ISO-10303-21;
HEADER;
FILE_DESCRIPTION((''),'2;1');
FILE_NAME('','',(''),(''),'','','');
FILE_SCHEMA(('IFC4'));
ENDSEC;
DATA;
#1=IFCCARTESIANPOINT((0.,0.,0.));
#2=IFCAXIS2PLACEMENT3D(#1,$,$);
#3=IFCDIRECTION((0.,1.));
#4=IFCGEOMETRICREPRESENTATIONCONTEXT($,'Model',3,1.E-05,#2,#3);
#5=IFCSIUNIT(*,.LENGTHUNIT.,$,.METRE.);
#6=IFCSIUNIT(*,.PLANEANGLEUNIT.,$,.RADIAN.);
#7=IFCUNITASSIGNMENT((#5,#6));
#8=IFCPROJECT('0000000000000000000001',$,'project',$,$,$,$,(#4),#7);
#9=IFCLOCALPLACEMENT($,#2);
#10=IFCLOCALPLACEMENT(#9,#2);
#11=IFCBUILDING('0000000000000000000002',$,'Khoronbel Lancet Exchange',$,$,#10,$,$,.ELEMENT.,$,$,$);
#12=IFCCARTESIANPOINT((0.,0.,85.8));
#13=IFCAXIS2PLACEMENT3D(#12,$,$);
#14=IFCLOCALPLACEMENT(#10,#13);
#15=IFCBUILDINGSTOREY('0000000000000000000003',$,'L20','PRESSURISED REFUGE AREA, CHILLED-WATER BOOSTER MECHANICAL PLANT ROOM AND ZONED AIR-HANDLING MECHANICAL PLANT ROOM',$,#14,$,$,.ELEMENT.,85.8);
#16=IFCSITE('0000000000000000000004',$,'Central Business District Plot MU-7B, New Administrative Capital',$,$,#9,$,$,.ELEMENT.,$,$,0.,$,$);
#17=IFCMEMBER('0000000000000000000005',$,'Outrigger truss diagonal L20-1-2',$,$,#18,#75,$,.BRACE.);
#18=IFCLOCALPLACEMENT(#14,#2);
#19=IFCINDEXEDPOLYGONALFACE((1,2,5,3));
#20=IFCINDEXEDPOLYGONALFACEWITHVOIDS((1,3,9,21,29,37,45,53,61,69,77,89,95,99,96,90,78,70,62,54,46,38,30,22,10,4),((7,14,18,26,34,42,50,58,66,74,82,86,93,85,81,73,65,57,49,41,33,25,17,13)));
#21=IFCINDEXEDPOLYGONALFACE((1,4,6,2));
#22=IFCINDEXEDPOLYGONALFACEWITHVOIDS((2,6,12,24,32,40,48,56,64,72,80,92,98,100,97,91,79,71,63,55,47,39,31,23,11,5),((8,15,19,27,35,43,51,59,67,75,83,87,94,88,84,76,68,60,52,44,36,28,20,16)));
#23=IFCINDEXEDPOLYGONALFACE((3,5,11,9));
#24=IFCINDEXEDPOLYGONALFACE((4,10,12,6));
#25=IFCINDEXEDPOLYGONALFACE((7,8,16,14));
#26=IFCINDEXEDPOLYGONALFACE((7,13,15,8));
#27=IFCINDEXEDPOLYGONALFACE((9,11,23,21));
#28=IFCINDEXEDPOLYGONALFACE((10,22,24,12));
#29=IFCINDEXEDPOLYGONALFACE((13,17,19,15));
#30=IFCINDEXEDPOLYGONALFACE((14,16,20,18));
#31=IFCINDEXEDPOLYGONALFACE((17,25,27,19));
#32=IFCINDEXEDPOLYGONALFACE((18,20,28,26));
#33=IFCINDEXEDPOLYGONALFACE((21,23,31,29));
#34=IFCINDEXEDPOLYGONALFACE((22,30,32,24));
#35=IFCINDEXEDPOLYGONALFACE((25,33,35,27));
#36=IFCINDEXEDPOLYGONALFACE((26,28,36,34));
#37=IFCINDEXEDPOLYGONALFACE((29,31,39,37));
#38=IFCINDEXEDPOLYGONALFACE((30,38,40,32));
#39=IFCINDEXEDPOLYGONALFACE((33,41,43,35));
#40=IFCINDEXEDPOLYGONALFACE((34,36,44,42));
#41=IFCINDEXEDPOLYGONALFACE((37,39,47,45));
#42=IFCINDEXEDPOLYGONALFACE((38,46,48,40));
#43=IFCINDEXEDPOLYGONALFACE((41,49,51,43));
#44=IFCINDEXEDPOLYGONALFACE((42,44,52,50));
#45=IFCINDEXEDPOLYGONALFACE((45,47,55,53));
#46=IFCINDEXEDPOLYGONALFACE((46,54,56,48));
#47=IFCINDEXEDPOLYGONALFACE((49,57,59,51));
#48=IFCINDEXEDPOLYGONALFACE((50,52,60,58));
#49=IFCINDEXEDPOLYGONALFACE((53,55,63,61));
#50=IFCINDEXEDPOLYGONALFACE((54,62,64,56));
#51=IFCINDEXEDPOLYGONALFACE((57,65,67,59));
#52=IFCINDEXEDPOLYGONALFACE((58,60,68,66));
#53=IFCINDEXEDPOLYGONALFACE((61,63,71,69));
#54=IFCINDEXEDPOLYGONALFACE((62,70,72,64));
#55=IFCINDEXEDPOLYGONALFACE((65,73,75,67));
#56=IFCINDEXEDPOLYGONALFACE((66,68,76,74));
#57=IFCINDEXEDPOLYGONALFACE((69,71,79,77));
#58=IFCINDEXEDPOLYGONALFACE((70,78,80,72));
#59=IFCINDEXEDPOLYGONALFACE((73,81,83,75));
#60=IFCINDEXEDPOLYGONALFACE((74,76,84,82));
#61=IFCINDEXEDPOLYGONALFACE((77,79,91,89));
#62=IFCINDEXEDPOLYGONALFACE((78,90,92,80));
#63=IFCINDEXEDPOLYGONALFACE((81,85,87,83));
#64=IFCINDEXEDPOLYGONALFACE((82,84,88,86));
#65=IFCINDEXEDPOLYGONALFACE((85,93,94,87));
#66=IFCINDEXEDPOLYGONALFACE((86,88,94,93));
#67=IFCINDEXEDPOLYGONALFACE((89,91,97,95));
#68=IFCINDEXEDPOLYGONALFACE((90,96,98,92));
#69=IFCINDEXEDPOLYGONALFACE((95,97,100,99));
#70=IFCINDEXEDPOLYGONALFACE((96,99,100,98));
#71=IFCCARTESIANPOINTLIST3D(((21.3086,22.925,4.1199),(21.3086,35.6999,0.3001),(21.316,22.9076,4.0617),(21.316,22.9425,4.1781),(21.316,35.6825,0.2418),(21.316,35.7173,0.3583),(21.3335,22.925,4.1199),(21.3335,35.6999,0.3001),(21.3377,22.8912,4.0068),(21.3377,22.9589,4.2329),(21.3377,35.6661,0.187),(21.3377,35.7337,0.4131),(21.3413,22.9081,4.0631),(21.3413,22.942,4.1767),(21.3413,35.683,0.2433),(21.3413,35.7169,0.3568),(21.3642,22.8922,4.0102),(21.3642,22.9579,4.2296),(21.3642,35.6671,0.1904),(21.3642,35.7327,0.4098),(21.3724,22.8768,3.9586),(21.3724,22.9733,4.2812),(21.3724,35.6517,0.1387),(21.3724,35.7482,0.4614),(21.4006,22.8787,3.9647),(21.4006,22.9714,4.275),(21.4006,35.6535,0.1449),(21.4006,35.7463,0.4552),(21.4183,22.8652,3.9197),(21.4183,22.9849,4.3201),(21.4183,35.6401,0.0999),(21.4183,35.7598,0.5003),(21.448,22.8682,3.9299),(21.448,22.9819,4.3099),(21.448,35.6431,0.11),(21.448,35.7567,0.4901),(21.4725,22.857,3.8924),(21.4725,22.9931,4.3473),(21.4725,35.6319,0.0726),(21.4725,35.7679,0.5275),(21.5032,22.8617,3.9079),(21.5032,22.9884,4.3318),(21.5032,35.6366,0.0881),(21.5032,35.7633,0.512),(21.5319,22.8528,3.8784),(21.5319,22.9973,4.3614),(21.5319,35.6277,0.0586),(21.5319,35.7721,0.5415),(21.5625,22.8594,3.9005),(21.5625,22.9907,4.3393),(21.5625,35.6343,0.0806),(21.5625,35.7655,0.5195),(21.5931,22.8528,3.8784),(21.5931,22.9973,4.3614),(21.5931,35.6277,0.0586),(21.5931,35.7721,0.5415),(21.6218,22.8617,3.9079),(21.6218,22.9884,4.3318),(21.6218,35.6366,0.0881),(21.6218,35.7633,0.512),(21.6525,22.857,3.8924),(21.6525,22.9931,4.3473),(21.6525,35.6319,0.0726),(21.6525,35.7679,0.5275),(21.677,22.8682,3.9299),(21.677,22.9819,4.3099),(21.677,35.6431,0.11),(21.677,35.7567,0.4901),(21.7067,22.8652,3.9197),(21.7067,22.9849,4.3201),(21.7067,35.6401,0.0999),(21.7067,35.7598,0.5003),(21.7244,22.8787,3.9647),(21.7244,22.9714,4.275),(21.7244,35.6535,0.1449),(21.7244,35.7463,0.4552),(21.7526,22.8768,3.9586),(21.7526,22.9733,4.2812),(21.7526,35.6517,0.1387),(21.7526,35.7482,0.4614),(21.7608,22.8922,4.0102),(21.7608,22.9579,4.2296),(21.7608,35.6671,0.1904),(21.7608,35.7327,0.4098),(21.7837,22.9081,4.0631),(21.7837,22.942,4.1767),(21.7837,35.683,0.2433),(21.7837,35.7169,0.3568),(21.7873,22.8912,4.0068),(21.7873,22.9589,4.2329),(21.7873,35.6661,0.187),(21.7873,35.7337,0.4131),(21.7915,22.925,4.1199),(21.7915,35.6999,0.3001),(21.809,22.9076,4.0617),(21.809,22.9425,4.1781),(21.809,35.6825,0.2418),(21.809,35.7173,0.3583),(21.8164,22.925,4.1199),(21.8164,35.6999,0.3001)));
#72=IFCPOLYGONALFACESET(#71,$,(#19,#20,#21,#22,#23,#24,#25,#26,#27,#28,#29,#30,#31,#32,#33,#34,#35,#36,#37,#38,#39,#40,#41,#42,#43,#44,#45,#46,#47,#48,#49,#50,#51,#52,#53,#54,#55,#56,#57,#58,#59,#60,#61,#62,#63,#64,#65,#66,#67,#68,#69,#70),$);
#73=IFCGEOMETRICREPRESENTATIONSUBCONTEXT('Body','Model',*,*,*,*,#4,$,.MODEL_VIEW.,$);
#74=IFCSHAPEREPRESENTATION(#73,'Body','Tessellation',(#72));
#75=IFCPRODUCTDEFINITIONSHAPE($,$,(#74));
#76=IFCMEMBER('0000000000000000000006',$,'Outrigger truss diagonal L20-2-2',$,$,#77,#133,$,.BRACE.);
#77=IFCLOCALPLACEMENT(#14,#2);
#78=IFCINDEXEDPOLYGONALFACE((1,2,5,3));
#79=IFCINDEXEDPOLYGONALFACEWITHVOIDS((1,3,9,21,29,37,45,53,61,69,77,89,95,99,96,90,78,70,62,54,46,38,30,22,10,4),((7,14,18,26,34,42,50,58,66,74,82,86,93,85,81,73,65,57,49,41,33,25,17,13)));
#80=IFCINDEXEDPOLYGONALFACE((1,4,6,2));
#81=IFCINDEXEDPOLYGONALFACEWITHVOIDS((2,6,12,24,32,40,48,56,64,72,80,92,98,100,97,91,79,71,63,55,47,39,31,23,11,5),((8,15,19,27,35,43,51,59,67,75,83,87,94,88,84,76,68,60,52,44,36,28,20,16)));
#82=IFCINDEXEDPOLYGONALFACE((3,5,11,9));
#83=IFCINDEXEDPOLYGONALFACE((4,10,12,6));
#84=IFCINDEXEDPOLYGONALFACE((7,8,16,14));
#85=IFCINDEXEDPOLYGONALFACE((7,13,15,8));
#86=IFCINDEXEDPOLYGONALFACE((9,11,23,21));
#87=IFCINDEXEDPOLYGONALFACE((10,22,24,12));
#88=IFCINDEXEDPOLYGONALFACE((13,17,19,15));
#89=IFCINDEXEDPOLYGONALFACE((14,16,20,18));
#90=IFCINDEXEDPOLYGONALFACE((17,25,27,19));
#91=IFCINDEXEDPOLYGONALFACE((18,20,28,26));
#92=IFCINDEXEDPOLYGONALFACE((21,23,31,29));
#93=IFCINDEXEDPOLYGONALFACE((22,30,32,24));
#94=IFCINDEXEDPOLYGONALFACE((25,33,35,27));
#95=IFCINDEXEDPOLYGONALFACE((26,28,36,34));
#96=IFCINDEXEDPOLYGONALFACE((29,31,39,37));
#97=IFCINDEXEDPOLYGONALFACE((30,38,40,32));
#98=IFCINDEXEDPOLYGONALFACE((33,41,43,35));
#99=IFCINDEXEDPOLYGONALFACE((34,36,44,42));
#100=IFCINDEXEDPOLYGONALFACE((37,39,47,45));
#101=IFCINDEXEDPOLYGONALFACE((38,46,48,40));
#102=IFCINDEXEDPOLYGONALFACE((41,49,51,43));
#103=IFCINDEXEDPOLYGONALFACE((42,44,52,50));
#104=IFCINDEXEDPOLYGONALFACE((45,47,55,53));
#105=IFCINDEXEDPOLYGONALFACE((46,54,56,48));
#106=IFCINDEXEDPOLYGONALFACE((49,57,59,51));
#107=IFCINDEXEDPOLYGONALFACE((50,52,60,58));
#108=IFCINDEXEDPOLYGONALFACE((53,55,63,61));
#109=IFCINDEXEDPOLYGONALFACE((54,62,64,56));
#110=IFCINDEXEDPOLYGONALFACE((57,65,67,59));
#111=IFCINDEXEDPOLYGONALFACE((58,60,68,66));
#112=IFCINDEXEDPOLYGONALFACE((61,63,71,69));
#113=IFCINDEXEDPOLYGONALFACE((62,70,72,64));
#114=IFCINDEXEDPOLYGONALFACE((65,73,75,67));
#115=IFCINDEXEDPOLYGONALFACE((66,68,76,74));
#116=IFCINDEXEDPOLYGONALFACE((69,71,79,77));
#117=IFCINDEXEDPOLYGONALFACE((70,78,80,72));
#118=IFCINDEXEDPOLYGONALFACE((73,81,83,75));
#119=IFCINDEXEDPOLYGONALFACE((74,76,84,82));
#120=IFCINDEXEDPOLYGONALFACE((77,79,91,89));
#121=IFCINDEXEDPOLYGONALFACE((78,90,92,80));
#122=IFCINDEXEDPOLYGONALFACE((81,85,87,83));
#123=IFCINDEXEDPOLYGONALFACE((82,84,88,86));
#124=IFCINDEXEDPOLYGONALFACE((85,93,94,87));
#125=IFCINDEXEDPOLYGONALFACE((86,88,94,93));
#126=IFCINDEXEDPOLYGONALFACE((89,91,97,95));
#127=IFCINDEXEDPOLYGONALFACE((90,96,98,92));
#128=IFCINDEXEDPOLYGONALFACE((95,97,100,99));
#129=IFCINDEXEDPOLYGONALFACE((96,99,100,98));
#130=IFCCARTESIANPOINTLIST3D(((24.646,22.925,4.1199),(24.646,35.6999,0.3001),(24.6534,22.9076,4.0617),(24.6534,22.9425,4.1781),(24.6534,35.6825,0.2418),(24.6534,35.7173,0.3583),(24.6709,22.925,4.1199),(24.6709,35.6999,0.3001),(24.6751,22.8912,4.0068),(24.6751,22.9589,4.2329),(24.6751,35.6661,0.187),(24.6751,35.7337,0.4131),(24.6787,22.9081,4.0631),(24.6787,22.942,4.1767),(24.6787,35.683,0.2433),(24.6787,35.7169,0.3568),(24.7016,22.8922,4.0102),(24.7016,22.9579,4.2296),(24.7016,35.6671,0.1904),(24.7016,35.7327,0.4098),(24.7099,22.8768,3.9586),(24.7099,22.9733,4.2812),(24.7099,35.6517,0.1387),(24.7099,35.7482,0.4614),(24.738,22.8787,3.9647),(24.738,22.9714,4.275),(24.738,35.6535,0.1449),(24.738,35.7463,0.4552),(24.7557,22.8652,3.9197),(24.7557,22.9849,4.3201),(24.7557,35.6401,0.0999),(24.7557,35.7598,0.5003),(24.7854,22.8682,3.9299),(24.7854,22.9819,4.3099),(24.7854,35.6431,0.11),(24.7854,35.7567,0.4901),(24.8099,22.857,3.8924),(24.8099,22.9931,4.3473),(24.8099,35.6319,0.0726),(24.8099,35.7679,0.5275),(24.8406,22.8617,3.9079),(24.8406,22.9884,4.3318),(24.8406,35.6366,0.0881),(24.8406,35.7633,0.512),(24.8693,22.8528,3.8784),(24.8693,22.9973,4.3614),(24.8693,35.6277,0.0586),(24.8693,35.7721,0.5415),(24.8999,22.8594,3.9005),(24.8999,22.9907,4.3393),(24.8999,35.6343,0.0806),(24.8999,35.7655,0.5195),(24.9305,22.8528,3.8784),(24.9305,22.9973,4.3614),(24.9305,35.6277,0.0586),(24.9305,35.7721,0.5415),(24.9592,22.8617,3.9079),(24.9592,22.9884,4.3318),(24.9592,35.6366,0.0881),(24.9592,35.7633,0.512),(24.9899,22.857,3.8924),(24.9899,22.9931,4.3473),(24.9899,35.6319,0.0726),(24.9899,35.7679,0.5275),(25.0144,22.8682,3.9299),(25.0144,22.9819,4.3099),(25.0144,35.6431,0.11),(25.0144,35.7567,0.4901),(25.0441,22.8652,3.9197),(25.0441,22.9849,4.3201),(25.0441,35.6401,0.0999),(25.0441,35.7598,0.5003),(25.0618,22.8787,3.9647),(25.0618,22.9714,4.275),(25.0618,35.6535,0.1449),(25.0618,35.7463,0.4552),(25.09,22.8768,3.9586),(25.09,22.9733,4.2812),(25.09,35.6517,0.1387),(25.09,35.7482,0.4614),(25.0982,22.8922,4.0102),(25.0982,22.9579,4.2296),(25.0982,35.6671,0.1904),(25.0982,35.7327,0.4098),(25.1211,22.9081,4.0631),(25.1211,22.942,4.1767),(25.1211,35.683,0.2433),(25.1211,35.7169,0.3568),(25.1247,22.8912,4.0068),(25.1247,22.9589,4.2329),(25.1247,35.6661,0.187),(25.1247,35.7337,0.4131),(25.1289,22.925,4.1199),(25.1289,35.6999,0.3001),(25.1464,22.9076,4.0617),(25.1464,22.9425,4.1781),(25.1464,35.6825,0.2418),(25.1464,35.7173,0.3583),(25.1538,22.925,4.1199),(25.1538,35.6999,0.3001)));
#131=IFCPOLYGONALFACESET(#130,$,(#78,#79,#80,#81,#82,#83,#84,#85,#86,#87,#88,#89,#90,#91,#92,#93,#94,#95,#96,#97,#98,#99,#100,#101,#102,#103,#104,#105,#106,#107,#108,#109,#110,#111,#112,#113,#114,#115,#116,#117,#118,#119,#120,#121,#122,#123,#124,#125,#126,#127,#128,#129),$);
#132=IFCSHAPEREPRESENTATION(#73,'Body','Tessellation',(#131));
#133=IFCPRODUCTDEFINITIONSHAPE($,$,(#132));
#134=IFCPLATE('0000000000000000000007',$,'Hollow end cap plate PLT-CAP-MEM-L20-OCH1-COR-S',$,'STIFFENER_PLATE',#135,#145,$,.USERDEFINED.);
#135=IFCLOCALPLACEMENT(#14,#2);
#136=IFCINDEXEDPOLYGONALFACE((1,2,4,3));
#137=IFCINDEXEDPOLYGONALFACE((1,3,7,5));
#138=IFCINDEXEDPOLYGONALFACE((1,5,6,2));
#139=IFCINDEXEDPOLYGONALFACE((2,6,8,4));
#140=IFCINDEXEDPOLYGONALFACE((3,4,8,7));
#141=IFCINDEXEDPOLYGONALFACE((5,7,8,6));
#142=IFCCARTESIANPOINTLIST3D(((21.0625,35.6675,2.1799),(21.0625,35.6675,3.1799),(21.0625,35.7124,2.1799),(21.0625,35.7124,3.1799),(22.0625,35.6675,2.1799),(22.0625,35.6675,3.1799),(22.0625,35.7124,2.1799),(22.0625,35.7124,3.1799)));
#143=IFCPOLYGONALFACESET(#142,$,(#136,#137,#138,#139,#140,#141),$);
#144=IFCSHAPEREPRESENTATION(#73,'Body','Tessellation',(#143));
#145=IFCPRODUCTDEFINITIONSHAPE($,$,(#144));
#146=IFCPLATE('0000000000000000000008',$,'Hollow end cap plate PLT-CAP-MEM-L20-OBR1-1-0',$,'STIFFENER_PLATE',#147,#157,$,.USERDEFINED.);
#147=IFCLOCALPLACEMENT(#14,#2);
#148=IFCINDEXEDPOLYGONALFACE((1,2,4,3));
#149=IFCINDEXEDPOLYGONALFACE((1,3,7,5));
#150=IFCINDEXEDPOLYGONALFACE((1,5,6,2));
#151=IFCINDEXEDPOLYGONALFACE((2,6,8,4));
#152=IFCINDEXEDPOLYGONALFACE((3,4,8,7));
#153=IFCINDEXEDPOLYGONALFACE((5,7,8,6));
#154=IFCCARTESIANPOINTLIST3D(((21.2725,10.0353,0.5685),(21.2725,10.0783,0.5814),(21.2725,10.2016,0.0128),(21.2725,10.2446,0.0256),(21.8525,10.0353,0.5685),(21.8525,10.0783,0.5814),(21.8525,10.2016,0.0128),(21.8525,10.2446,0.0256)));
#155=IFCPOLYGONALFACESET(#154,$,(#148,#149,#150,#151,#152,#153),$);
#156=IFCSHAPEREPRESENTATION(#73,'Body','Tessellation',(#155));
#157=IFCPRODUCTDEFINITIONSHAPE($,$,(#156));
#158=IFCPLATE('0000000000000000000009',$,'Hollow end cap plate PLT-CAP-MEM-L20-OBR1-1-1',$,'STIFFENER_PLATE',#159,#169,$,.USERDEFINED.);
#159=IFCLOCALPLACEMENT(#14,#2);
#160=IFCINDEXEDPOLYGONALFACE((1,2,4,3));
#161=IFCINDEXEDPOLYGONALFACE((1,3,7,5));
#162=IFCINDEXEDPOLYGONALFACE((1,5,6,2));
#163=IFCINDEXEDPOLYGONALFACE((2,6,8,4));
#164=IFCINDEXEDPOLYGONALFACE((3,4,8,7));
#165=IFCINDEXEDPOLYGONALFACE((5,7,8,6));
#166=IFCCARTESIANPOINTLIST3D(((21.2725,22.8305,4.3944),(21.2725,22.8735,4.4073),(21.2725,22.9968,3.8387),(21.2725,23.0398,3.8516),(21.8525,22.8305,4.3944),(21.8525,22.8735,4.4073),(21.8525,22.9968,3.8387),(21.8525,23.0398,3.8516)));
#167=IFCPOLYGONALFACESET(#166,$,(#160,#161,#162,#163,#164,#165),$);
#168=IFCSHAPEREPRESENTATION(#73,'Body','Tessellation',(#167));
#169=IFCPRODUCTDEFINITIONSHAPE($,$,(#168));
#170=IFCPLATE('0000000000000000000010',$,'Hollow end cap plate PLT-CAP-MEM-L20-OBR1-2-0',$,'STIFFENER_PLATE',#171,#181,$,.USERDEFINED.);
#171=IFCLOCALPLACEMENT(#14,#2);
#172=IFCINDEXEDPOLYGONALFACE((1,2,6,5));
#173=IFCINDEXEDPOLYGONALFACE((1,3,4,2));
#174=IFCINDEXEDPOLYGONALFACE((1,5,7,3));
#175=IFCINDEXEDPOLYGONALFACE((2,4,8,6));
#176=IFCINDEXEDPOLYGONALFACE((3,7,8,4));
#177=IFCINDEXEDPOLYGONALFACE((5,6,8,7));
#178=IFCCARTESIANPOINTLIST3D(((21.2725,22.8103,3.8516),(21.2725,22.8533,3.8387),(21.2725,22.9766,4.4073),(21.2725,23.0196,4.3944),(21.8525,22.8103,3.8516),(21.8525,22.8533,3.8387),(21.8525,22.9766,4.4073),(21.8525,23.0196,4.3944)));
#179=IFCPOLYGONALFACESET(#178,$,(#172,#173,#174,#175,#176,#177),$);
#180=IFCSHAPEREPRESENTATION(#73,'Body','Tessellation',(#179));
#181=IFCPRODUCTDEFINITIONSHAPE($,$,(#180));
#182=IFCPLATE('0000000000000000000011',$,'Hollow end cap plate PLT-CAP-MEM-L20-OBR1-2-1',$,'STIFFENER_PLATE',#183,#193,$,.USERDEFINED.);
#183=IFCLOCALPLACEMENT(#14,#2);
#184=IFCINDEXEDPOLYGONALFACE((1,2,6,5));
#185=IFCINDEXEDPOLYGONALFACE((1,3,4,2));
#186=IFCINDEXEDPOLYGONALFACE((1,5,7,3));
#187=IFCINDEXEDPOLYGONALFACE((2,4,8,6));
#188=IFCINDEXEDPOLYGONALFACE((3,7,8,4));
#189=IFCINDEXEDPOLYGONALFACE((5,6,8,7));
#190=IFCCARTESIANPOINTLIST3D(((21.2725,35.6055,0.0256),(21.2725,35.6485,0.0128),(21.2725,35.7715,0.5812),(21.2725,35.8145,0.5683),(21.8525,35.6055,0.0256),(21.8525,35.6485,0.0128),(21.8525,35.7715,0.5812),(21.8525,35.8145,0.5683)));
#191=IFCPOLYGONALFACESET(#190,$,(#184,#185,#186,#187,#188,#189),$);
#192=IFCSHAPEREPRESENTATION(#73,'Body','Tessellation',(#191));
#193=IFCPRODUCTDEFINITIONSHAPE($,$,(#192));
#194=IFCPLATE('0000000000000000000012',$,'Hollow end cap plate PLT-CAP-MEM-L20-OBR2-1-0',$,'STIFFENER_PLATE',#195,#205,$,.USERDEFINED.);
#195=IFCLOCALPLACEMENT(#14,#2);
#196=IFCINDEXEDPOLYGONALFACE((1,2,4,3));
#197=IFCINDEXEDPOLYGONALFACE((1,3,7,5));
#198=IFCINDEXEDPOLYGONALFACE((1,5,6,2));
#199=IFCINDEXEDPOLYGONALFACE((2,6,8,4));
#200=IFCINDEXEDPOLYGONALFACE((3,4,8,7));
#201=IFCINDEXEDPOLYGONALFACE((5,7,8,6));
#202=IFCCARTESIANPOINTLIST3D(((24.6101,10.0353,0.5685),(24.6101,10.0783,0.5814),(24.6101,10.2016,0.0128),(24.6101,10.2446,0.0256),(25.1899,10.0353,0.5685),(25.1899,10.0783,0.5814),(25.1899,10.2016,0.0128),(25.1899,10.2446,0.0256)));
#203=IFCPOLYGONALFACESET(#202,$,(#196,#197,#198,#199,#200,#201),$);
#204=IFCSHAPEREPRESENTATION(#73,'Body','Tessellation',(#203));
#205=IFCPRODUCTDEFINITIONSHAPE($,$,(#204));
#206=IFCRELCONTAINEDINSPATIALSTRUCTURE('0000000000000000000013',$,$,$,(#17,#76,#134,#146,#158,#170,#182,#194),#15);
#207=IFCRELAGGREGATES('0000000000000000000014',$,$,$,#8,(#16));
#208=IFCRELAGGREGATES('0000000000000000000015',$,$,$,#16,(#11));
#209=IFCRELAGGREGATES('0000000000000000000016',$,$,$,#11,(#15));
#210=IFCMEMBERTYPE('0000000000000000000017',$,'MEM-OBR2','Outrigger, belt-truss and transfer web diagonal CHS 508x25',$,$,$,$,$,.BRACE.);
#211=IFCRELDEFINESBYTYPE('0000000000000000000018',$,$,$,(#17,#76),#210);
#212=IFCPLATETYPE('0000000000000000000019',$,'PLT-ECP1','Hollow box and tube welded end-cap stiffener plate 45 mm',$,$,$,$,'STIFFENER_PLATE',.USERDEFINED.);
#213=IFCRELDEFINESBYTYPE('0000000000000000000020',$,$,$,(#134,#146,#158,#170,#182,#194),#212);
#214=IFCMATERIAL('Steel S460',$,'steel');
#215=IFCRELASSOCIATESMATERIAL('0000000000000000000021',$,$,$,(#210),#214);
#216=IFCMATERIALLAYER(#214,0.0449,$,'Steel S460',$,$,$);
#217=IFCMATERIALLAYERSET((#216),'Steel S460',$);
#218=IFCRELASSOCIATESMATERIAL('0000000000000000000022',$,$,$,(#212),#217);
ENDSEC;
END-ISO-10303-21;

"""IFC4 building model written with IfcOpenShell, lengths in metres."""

from ifc_helpers import new_model, si_unit, direction, frame, origin, origin_2d, place, context, subcontext, project, spatial, polyline, rectangle, hollow_circle, outline, extrude, material, layer, layer_set, material_profile, profile_set, type_object, element, save


model = new_model("IFC4")

# Units and contexts
model_context = context("Model", 3, precision=1e-05, world=origin(), true_north=direction((0.0, 1.0)))
body_context = subcontext(model_context, "Body", "Model", "MODEL_VIEW")
ifc_project = project(units=[si_unit("LENGTHUNIT", "METRE"), si_unit("PLANEANGLEUNIT", "RADIAN")], contexts=[model_context])

# Site, building, storey
site_placement = place(None, origin())
site = spatial("IfcSite", under=ifc_project, at=site_placement, Name="Central Business District Plot MU-7B, New Administrative Capital", CompositionType="ELEMENT", RefElevation=0.0)
building_placement = place(site_placement, origin())
building = spatial("IfcBuilding", under=site, at=building_placement, Name="Khoronbel Lancet Exchange", CompositionType="ELEMENT")
storey_placement = place(building_placement, frame((0.0, 0.0, 85.8)))
storey = spatial("IfcBuildingStorey", under=building, at=storey_placement, Name="L20", Description="PRESSURISED REFUGE AREA, CHILLED-WATER BOOSTER MECHANICAL PLANT ROOM AND ZONED AIR-HANDLING MECHANICAL PLANT ROOM", CompositionType="ELEMENT", Elevation=85.8)

# Members
ifc_material_1 = material(Name="Steel S460", Category="steel")
ifc_material_profile_1 = material_profile(ifc_material_1, hollow_circle(Radius=0.2539, WallThickness=0.0249, at=origin_2d()), Name="CHS 508x25")
ifc_profile_set_1 = profile_set([ifc_material_profile_1], Name="Steel S460")
member_type = type_object("IfcMemberType", Name="MEM-OBR2", Description="Outrigger, belt-truss and transfer web diagonal CHS 508x25", PredefinedType="BRACE", material=ifc_profile_set_1)
for number, where, z_axis, x_axis, name in (
    (1, (21.5625, 22.925, 4.1199), (0.0, 0.958087, -0.286478), (-1.0, 0.0, 0.0), "Outrigger truss diagonal L20-1-2"),
    (2, (24.8999, 22.925, 4.1199), (0.0, 0.958087, -0.286478), (-1.0, 0.0, 0.0), "Outrigger truss diagonal L20-2-2"),
):
    element("IfcMember", number, at=place(storey_placement, frame(where, z_axis=z_axis, x_axis=x_axis)), inside=storey, type_object=member_type, Name=name, PredefinedType="BRACE", context=body_context, shape_type="SweptSolid", body=[
        extrude(hollow_circle(Radius=0.2539, WallThickness=0.0249, at=origin_2d()), origin(), (0.0, 0.0, 1.0), 13.3337),
    ])

# Plates
ifc_layer_1 = layer(ifc_material_1, 0.0449, Name="Steel S460")
ifc_layer_set_1 = layer_set([ifc_layer_1], Name="Steel S460")
plate_type_1 = type_object("IfcPlateType", Name="PLT-ECP1", Description="Hollow box and tube welded end-cap stiffener plate 45 mm", ElementType="STIFFENER_PLATE", PredefinedType="USERDEFINED", material=ifc_layer_set_1)
plate_1_placement = place(storey_placement, frame((21.5625, 35.6899, 2.1799), z_axis=(0.0, 0.0, 1.0), x_axis=(0.0, -1.0, 0.0)))
element("IfcPlate", 3, at=plate_1_placement, inside=storey, type_object=plate_type_1, Name="Hollow end cap plate PLT-CAP-MEM-L20-OCH1-COR-S", ObjectType="STIFFENER_PLATE", PredefinedType="USERDEFINED", context=body_context, shape_type="SweptSolid", body=[
    extrude(rectangle(XDim=0.0449, YDim=1.0, at=origin_2d()), origin(), (0.0, 0.0, 1.0), 1.0),
])
for number, where, z_axis, x_axis, name in (
    (4, (21.8525, 10.2446, 0.0256), (0.0, 0.958035, 0.286653), (-1.0, 0.0, 0.0), "Hollow end cap plate PLT-CAP-MEM-L20-OBR1-1-0"),
    (5, (21.8525, 23.0398, 3.8516), (0.0, 0.958035, 0.286653), (-1.0, 0.0, 0.0), "Hollow end cap plate PLT-CAP-MEM-L20-OBR1-1-1"),
    (6, (21.2725, 22.8103, 3.8516), (0.0, -0.958035, 0.286653), (1.0, 0.0, 0.0), "Hollow end cap plate PLT-CAP-MEM-L20-OBR1-2-0"),
):
    element("IfcPlate", number, at=place(storey_placement, frame(where, z_axis=z_axis, x_axis=x_axis)), inside=storey, type_object=plate_type_1, Name=name, ObjectType="STIFFENER_PLATE", PredefinedType="USERDEFINED", context=body_context, shape_type="SweptSolid", body=[
        extrude(outline(polyline([(0.0, 0.0), (0.5801, 0.0), (0.5801, 0.5801), (0.0, 0.5801), (0.0, 0.0)])), origin(), (0.0, 0.0, -1.0), 0.0449),
    ])
plate_2_placement = place(storey_placement, frame((21.2725, 35.6055, 0.0256), z_axis=(0.0, -0.95815, 0.286266), x_axis=(1.0, 0.0, 0.0)))
element("IfcPlate", 7, at=plate_2_placement, inside=storey, type_object=plate_type_1, Name="Hollow end cap plate PLT-CAP-MEM-L20-OBR1-2-1", ObjectType="STIFFENER_PLATE", PredefinedType="USERDEFINED", context=body_context, shape_type="SweptSolid", body=[
    extrude(outline(polyline([(0.0, 0.0), (0.5801, 0.0), (0.5801, 0.5798), (0.0, 0.5798), (0.0, 0.0)])), origin(), (0.0, 0.0, -1.0), 0.0449),
])
for number, where, z_axis, x_axis, name in (
    (8, (25.1899, 10.2446, 0.0256), (0.0, 0.958035, 0.286653), (-1.0, 0.0, 0.0), "Hollow end cap plate PLT-CAP-MEM-L20-OBR2-1-0"),
):
    element("IfcPlate", number, at=place(storey_placement, frame(where, z_axis=z_axis, x_axis=x_axis)), inside=storey, type_object=plate_type_1, Name=name, ObjectType="STIFFENER_PLATE", PredefinedType="USERDEFINED", context=body_context, shape_type="SweptSolid", body=[
        extrude(outline(polyline([(0.0, 0.0), (0.5798, 0.0), (0.5798, 0.5801), (0.0, 0.5801), (0.0, 0.0)])), origin(), (0.0, 0.0, -1.0), 0.0449),
    ])

save(model, "model.ifc")
